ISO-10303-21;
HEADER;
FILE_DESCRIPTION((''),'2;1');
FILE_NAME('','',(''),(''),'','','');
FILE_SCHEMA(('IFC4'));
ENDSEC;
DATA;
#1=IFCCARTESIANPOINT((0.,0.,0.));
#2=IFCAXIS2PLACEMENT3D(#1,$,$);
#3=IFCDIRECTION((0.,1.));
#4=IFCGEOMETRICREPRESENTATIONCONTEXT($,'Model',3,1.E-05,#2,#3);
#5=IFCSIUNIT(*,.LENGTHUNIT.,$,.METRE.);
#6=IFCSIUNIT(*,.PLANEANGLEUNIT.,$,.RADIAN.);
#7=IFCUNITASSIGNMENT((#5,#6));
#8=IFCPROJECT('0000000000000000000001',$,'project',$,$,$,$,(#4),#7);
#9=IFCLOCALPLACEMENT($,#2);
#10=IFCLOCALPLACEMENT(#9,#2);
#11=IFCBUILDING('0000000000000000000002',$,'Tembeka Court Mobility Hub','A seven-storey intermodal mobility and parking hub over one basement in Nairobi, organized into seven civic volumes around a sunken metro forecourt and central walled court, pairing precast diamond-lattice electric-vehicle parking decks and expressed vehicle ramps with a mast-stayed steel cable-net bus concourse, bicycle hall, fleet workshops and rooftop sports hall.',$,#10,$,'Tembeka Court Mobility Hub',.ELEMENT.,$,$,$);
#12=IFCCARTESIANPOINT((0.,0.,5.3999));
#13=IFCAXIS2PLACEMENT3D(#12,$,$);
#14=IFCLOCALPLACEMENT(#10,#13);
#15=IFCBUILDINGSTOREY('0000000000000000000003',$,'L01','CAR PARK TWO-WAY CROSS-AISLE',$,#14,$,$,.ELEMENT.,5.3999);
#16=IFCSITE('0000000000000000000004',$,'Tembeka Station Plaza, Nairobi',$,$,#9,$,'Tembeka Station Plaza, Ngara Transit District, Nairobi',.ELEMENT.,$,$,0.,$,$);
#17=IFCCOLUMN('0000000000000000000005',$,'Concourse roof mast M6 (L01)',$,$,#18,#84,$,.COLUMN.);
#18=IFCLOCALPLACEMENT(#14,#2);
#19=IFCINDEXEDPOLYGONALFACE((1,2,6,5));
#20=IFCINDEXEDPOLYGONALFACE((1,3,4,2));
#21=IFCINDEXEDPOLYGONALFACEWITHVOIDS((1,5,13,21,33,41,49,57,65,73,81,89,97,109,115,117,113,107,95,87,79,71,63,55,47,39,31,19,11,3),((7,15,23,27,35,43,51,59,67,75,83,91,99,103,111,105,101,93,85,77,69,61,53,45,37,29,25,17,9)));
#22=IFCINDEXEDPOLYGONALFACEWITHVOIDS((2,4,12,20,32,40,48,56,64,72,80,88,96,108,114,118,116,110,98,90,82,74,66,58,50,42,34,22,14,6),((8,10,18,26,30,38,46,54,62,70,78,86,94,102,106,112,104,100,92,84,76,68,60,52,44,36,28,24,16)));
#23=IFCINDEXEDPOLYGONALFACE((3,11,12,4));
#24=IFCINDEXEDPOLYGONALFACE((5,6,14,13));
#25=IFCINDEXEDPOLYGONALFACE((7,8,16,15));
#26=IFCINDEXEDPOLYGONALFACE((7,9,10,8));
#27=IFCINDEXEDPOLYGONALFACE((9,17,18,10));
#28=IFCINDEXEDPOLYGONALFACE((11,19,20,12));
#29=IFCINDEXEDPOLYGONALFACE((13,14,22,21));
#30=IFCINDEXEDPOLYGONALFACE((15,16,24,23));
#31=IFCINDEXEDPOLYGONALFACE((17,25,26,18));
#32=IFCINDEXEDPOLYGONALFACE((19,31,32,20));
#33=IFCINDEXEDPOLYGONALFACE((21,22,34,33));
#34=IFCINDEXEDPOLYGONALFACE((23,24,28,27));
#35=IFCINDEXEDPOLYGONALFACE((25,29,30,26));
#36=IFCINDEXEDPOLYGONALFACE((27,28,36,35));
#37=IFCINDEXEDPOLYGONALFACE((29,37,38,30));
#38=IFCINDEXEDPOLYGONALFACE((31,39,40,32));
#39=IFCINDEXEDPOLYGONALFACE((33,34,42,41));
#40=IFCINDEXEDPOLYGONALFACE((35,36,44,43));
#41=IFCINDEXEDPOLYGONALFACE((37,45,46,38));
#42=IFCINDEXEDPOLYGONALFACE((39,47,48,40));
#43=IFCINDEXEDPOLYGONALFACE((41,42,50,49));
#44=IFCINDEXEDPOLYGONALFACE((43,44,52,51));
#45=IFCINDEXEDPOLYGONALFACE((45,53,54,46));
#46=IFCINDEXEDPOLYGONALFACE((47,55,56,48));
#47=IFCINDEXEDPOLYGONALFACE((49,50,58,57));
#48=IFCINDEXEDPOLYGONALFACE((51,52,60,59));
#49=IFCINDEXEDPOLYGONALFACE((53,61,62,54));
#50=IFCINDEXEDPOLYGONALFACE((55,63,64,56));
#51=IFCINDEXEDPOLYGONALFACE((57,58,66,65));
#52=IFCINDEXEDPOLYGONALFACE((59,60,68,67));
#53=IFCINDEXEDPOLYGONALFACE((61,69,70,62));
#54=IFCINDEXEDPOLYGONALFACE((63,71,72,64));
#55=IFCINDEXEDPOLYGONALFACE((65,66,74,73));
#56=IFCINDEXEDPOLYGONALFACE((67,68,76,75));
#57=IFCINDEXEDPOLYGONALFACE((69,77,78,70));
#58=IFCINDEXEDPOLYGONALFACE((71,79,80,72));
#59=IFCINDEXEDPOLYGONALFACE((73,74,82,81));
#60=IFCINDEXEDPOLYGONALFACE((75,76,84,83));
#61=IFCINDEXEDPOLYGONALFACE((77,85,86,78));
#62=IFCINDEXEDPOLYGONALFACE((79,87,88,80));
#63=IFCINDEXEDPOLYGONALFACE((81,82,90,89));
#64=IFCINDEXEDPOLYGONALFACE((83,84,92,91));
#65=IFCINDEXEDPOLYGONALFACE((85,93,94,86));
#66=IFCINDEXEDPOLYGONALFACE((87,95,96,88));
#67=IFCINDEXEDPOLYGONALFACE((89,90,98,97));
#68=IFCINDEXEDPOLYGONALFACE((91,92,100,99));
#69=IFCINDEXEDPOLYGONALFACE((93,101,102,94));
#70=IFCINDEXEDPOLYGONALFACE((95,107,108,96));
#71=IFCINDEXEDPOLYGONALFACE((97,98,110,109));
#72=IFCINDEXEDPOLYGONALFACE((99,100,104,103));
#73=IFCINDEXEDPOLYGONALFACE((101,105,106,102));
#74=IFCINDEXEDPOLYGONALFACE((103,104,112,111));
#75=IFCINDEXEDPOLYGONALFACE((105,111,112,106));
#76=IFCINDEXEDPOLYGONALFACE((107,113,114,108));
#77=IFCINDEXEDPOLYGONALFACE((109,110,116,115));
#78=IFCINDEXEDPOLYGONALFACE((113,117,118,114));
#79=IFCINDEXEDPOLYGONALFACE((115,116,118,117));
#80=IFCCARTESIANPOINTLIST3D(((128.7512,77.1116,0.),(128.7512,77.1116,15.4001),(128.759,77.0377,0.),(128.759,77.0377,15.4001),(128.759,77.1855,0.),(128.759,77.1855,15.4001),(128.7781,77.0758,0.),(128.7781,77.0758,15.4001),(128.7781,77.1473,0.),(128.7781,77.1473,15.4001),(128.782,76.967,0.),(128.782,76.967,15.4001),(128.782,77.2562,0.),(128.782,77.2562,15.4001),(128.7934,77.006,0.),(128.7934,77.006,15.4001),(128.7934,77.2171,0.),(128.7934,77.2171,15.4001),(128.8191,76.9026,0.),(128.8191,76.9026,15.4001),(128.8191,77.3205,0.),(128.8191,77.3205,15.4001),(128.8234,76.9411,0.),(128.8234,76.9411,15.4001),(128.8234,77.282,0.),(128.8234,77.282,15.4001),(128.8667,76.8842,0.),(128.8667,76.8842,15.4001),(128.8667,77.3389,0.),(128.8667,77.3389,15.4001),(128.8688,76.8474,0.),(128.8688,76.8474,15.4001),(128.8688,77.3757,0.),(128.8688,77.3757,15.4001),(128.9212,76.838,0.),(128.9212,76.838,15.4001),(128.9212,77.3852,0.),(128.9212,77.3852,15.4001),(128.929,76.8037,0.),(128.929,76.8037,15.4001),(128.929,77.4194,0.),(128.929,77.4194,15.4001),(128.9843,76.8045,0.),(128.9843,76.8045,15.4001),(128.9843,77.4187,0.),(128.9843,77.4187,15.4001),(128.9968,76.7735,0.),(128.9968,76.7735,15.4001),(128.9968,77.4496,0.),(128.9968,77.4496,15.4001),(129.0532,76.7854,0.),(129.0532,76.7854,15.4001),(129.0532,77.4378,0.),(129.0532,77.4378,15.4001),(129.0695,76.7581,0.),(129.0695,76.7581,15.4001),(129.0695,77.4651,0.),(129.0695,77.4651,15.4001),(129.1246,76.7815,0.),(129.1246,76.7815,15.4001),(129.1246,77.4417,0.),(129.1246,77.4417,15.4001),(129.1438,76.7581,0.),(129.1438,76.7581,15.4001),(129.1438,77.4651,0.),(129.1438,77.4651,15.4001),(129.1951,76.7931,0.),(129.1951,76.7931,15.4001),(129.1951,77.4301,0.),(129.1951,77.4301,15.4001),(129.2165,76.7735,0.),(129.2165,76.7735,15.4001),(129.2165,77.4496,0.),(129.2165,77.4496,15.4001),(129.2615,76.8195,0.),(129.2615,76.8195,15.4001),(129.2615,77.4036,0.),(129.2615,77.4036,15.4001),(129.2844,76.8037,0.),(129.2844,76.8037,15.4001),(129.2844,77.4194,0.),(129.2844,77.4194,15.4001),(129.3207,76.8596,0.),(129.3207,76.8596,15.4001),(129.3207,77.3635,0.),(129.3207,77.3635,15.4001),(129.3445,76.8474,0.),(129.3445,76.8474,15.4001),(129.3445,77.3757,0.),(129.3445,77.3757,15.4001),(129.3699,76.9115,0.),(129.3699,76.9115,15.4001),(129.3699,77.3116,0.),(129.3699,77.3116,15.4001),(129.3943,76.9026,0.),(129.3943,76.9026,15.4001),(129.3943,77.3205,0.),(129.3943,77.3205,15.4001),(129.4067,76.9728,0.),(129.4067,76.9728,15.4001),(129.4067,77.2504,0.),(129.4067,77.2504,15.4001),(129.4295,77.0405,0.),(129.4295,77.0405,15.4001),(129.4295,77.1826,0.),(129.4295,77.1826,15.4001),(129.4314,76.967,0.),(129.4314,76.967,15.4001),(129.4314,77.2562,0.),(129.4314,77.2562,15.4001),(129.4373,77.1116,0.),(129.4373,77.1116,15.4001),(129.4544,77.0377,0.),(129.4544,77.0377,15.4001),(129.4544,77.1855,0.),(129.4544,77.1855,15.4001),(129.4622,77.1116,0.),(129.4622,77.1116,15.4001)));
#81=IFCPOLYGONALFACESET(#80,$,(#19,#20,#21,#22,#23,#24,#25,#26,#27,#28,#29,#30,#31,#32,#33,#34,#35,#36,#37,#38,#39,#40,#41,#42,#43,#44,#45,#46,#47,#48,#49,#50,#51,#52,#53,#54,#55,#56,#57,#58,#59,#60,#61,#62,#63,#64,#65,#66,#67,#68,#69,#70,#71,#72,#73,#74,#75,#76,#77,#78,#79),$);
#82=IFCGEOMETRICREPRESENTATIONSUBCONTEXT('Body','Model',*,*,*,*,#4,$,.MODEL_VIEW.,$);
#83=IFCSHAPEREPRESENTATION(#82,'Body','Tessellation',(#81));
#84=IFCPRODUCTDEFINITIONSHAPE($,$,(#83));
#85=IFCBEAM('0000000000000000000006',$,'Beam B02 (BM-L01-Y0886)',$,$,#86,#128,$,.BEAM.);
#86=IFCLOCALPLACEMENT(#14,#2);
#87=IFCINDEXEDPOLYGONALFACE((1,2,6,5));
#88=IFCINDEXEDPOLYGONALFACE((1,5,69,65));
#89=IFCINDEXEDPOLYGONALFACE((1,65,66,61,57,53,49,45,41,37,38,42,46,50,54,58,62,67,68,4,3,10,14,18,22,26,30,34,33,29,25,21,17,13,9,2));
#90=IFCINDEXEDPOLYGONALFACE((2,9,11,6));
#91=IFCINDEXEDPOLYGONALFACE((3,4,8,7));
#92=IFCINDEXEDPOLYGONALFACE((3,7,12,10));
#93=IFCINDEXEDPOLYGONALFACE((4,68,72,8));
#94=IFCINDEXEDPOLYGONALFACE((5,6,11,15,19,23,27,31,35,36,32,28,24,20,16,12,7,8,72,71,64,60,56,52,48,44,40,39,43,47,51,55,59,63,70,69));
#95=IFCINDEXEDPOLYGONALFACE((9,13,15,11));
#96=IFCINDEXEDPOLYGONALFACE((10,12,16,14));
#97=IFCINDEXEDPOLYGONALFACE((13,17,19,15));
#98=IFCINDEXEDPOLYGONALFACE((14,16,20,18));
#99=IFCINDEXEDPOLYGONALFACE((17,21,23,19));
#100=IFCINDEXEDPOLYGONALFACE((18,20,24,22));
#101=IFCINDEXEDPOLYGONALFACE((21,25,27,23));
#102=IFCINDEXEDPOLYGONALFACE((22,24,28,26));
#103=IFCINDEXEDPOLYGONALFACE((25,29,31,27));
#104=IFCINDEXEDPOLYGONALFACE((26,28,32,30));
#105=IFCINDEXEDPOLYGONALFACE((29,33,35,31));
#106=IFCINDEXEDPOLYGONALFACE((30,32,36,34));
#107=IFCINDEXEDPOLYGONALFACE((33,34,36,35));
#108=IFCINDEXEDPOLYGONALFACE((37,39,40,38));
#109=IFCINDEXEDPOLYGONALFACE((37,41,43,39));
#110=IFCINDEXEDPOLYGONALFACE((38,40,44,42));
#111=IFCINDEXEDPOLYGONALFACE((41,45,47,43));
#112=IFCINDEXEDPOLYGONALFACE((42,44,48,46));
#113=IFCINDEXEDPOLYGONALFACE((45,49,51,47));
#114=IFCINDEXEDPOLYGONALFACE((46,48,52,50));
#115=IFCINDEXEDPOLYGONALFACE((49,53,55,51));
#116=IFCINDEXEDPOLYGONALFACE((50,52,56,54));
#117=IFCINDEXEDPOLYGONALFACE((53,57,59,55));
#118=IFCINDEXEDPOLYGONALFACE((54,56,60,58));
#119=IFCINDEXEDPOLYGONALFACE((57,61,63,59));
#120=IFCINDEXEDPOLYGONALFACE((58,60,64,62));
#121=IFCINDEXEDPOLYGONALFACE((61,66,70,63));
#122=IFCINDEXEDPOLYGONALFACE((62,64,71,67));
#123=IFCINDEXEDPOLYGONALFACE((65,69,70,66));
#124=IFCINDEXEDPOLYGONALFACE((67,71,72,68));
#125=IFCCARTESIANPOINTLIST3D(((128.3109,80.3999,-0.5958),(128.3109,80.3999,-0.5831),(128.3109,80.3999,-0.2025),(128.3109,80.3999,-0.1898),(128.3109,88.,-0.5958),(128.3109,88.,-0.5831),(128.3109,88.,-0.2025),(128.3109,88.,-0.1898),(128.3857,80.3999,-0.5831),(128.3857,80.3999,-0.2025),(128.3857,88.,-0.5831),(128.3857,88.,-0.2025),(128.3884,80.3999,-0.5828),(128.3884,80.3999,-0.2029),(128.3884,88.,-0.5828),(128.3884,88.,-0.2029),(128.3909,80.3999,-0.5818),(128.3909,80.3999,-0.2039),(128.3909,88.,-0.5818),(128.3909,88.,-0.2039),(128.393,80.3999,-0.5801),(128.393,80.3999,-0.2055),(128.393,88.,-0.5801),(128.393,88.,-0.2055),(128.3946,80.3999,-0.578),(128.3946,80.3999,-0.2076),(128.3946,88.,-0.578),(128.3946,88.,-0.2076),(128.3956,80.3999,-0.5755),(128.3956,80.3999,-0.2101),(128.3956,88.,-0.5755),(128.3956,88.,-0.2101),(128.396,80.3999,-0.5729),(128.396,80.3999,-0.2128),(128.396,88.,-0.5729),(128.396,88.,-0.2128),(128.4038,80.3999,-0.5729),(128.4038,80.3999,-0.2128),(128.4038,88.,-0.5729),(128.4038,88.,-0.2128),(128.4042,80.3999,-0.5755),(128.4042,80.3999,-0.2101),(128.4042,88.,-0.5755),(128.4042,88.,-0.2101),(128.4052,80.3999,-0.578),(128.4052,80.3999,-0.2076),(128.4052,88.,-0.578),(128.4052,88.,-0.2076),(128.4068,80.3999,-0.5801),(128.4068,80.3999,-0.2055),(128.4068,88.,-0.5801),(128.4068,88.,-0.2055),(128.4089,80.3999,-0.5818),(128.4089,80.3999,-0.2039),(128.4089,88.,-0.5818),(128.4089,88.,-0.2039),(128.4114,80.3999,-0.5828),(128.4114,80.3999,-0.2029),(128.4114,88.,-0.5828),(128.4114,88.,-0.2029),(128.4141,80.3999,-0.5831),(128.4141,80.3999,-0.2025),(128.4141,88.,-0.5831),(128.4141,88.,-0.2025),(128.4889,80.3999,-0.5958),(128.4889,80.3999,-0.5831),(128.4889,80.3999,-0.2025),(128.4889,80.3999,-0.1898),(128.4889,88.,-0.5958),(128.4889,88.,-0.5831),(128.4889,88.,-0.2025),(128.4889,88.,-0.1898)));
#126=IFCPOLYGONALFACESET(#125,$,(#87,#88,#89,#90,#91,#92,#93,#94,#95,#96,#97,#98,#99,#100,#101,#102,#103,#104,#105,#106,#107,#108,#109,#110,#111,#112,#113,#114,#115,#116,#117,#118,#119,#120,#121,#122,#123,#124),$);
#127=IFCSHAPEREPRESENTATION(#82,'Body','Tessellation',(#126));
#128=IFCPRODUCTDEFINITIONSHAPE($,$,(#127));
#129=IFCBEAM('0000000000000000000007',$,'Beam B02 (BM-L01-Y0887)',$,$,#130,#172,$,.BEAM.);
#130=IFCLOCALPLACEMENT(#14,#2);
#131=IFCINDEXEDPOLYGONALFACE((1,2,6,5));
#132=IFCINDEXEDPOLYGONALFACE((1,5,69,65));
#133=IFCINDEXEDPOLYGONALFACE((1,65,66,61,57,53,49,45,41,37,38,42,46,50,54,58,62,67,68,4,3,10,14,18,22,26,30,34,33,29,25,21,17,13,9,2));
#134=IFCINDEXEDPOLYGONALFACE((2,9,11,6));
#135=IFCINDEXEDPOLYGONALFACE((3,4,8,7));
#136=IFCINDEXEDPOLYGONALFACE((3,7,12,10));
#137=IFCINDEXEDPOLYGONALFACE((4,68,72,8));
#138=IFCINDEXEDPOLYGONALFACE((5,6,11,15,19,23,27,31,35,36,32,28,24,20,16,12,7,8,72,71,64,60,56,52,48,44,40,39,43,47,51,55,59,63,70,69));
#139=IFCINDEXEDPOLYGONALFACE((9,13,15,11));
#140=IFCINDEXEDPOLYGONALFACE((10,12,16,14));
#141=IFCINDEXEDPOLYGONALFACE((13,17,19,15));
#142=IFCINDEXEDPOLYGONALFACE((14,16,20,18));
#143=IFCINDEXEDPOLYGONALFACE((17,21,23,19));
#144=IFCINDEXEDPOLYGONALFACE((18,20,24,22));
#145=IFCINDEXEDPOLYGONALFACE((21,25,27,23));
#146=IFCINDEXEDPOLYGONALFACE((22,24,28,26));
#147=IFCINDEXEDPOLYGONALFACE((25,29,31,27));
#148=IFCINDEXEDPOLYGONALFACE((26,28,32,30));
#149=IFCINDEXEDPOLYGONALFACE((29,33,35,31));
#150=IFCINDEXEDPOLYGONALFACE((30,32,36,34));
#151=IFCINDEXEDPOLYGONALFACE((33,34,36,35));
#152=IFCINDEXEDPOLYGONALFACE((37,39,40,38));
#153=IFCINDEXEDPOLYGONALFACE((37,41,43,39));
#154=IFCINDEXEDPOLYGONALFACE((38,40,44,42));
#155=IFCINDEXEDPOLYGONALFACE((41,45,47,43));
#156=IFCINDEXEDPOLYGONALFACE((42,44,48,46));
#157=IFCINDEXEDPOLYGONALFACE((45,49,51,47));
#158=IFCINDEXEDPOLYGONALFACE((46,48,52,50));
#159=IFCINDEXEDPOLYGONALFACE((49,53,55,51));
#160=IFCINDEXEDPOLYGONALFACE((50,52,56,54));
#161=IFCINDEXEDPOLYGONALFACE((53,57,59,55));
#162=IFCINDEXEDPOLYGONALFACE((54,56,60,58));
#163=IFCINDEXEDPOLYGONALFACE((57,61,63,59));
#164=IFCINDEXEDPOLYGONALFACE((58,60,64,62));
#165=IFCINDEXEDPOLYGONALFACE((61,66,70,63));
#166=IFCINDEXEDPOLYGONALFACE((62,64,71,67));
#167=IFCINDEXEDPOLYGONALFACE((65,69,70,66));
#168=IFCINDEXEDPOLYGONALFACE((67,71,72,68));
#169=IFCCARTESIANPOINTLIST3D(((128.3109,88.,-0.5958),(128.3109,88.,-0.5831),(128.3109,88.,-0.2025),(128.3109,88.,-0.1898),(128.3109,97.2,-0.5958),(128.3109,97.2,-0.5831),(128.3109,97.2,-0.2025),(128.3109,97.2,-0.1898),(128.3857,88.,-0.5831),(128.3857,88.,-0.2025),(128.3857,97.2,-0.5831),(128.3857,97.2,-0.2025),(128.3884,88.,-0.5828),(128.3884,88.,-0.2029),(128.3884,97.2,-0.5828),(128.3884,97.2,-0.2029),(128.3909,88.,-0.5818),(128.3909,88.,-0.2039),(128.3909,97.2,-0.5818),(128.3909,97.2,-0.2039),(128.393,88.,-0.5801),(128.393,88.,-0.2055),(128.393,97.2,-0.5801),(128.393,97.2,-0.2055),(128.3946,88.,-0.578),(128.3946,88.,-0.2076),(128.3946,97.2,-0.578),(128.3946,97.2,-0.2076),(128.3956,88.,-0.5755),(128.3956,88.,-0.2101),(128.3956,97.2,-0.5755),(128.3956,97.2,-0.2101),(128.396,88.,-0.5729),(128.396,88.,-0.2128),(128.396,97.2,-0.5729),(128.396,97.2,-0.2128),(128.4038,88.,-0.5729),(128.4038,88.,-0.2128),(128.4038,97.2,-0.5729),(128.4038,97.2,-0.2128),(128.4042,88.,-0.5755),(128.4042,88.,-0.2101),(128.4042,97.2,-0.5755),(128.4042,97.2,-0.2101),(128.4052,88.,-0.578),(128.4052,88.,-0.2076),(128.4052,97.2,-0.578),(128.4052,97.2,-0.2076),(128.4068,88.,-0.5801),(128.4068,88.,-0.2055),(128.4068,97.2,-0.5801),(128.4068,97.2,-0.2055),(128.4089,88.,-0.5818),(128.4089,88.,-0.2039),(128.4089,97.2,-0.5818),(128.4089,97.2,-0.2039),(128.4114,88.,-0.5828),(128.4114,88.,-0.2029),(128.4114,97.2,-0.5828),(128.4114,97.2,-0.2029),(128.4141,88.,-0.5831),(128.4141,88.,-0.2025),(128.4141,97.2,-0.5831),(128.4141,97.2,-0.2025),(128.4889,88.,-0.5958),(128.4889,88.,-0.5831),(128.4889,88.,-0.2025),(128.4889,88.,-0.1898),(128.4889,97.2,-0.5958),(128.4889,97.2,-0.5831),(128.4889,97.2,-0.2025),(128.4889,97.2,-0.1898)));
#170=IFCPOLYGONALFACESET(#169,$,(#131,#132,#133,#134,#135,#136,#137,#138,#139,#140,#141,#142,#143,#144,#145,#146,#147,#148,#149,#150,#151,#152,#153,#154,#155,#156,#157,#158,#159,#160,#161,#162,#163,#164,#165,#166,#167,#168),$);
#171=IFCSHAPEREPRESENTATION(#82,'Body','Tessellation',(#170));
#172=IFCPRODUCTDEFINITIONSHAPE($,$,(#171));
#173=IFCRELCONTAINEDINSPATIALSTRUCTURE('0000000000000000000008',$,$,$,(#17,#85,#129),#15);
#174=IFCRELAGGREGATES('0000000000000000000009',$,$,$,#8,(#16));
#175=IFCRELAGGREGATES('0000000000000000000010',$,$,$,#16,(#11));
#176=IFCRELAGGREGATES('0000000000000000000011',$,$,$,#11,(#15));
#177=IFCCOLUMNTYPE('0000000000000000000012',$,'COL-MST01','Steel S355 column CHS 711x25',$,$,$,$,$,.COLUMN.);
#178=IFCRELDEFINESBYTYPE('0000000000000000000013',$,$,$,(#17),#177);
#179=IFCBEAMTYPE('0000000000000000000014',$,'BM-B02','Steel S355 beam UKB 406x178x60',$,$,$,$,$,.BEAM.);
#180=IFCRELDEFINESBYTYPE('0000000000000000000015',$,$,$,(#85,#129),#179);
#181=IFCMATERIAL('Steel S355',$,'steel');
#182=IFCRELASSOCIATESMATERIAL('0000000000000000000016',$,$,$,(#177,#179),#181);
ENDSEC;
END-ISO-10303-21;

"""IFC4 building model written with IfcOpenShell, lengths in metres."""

from ifc_helpers import new_model, si_unit, direction, frame, origin, origin_2d, place, context, subcontext, project, spatial, hollow_circle, i_section, extrude, material, material_profile, profile_set, type_object, element, save


model = new_model("IFC4")

# Units and contexts
model_context = context("Model", 3, precision=1e-05, world=origin(), true_north=direction((0.0, 1.0)))
body_context = subcontext(model_context, "Body", "Model", "MODEL_VIEW")
ifc_project = project(units=[si_unit("LENGTHUNIT", "METRE"), si_unit("PLANEANGLEUNIT", "RADIAN")], contexts=[model_context])

# Site, building, storey
site_placement = place(None, origin())
site = spatial("IfcSite", under=ifc_project, at=site_placement, Name="Tembeka Station Plaza, Nairobi", LongName="Tembeka Station Plaza, Ngara Transit District, Nairobi", CompositionType="ELEMENT", RefElevation=0.0)
building_placement = place(site_placement, origin())
building = spatial("IfcBuilding", under=site, at=building_placement, Name="Tembeka Court Mobility Hub", Description="A seven-storey intermodal mobility and parking hub over one basement in Nairobi, organized into seven civic volumes around a sunken metro forecourt and central walled court, pairing precast diamond-lattice electric-vehicle parking decks and expressed vehicle ramps with a mast-stayed steel cable-net bus concourse, bicycle hall, fleet workshops and rooftop sports hall.", LongName="Tembeka Court Mobility Hub", CompositionType="ELEMENT")
storey_placement = place(building_placement, frame((0.0, 0.0, 5.3999)))
storey = spatial("IfcBuildingStorey", under=building, at=storey_placement, Name="L01", Description="CAR PARK TWO-WAY CROSS-AISLE", CompositionType="ELEMENT", Elevation=5.3999)

# Column
ifc_material_1 = material(Name="Steel S355", Category="steel")
ifc_material_profile_1 = material_profile(ifc_material_1, hollow_circle(Radius=0.3555, WallThickness=0.0249, at=origin_2d()), Name="CHS 711x25")
ifc_profile_set_1 = profile_set([ifc_material_profile_1], Name="Steel S355")
column_type = type_object("IfcColumnType", Name="COL-MST01", Description="Steel S355 column CHS 711x25", PredefinedType="COLUMN", material=ifc_profile_set_1)
column_placement = place(storey_placement, frame((129.1067, 77.1116, 0.0), z_axis=(0.0, 0.0, 1.0), x_axis=(1.0, 0.0, 0.0)))
element("IfcColumn", 1, at=column_placement, inside=storey, type_object=column_type, Name="Concourse roof mast M6 (L01)", PredefinedType="COLUMN", context=body_context, shape_type="SweptSolid", body=[
    extrude(hollow_circle(Radius=0.3555, WallThickness=0.0249, at=origin_2d()), origin(), (0.0, 0.0, 1.0), 15.4001),
])

# Beams
ifc_material_profile_2 = material_profile(ifc_material_1, i_section(OverallWidth=0.178, OverallDepth=0.406, WebThickness=0.0078, FlangeThickness=0.0127, FilletRadius=0.0103, at=origin_2d()), Name="UKB 406x178x60")
ifc_profile_set_2 = profile_set([ifc_material_profile_2], Name="Steel S355")
beam_type_1 = type_object("IfcBeamType", Name="BM-B02", Description="Steel S355 beam UKB 406x178x60", PredefinedType="BEAM", material=ifc_profile_set_2)
beam_1_placement = place(storey_placement, frame((128.3999, 80.3999, -0.3928), z_axis=(0.0, 1.0, 0.0), x_axis=(-1.0, 0.0, 0.0)))
element("IfcBeam", 2, at=beam_1_placement, inside=storey, type_object=beam_type_1, Name="Beam B02 (BM-L01-Y0886)", PredefinedType="BEAM", context=body_context, shape_type="SweptSolid", body=[
    extrude(i_section(OverallWidth=0.178, OverallDepth=0.406, WebThickness=0.0078, FlangeThickness=0.0127, FilletRadius=0.0103, at=origin_2d()), origin(), (0.0, 0.0, 1.0), 7.6001),
])
beam_2_placement = place(storey_placement, frame((128.3999, 88.0, -0.3928), z_axis=(0.0, 1.0, 0.0), x_axis=(-1.0, 0.0, 0.0)))
element("IfcBeam", 3, at=beam_2_placement, inside=storey, type_object=beam_type_1, Name="Beam B02 (BM-L01-Y0887)", PredefinedType="BEAM", context=body_context, shape_type="SweptSolid", body=[
    extrude(i_section(OverallWidth=0.178, OverallDepth=0.406, WebThickness=0.0078, FlangeThickness=0.0127, FilletRadius=0.0103, at=origin_2d()), origin(), (0.0, 0.0, 1.0), 9.2),
])

save(model, "model.ifc")
